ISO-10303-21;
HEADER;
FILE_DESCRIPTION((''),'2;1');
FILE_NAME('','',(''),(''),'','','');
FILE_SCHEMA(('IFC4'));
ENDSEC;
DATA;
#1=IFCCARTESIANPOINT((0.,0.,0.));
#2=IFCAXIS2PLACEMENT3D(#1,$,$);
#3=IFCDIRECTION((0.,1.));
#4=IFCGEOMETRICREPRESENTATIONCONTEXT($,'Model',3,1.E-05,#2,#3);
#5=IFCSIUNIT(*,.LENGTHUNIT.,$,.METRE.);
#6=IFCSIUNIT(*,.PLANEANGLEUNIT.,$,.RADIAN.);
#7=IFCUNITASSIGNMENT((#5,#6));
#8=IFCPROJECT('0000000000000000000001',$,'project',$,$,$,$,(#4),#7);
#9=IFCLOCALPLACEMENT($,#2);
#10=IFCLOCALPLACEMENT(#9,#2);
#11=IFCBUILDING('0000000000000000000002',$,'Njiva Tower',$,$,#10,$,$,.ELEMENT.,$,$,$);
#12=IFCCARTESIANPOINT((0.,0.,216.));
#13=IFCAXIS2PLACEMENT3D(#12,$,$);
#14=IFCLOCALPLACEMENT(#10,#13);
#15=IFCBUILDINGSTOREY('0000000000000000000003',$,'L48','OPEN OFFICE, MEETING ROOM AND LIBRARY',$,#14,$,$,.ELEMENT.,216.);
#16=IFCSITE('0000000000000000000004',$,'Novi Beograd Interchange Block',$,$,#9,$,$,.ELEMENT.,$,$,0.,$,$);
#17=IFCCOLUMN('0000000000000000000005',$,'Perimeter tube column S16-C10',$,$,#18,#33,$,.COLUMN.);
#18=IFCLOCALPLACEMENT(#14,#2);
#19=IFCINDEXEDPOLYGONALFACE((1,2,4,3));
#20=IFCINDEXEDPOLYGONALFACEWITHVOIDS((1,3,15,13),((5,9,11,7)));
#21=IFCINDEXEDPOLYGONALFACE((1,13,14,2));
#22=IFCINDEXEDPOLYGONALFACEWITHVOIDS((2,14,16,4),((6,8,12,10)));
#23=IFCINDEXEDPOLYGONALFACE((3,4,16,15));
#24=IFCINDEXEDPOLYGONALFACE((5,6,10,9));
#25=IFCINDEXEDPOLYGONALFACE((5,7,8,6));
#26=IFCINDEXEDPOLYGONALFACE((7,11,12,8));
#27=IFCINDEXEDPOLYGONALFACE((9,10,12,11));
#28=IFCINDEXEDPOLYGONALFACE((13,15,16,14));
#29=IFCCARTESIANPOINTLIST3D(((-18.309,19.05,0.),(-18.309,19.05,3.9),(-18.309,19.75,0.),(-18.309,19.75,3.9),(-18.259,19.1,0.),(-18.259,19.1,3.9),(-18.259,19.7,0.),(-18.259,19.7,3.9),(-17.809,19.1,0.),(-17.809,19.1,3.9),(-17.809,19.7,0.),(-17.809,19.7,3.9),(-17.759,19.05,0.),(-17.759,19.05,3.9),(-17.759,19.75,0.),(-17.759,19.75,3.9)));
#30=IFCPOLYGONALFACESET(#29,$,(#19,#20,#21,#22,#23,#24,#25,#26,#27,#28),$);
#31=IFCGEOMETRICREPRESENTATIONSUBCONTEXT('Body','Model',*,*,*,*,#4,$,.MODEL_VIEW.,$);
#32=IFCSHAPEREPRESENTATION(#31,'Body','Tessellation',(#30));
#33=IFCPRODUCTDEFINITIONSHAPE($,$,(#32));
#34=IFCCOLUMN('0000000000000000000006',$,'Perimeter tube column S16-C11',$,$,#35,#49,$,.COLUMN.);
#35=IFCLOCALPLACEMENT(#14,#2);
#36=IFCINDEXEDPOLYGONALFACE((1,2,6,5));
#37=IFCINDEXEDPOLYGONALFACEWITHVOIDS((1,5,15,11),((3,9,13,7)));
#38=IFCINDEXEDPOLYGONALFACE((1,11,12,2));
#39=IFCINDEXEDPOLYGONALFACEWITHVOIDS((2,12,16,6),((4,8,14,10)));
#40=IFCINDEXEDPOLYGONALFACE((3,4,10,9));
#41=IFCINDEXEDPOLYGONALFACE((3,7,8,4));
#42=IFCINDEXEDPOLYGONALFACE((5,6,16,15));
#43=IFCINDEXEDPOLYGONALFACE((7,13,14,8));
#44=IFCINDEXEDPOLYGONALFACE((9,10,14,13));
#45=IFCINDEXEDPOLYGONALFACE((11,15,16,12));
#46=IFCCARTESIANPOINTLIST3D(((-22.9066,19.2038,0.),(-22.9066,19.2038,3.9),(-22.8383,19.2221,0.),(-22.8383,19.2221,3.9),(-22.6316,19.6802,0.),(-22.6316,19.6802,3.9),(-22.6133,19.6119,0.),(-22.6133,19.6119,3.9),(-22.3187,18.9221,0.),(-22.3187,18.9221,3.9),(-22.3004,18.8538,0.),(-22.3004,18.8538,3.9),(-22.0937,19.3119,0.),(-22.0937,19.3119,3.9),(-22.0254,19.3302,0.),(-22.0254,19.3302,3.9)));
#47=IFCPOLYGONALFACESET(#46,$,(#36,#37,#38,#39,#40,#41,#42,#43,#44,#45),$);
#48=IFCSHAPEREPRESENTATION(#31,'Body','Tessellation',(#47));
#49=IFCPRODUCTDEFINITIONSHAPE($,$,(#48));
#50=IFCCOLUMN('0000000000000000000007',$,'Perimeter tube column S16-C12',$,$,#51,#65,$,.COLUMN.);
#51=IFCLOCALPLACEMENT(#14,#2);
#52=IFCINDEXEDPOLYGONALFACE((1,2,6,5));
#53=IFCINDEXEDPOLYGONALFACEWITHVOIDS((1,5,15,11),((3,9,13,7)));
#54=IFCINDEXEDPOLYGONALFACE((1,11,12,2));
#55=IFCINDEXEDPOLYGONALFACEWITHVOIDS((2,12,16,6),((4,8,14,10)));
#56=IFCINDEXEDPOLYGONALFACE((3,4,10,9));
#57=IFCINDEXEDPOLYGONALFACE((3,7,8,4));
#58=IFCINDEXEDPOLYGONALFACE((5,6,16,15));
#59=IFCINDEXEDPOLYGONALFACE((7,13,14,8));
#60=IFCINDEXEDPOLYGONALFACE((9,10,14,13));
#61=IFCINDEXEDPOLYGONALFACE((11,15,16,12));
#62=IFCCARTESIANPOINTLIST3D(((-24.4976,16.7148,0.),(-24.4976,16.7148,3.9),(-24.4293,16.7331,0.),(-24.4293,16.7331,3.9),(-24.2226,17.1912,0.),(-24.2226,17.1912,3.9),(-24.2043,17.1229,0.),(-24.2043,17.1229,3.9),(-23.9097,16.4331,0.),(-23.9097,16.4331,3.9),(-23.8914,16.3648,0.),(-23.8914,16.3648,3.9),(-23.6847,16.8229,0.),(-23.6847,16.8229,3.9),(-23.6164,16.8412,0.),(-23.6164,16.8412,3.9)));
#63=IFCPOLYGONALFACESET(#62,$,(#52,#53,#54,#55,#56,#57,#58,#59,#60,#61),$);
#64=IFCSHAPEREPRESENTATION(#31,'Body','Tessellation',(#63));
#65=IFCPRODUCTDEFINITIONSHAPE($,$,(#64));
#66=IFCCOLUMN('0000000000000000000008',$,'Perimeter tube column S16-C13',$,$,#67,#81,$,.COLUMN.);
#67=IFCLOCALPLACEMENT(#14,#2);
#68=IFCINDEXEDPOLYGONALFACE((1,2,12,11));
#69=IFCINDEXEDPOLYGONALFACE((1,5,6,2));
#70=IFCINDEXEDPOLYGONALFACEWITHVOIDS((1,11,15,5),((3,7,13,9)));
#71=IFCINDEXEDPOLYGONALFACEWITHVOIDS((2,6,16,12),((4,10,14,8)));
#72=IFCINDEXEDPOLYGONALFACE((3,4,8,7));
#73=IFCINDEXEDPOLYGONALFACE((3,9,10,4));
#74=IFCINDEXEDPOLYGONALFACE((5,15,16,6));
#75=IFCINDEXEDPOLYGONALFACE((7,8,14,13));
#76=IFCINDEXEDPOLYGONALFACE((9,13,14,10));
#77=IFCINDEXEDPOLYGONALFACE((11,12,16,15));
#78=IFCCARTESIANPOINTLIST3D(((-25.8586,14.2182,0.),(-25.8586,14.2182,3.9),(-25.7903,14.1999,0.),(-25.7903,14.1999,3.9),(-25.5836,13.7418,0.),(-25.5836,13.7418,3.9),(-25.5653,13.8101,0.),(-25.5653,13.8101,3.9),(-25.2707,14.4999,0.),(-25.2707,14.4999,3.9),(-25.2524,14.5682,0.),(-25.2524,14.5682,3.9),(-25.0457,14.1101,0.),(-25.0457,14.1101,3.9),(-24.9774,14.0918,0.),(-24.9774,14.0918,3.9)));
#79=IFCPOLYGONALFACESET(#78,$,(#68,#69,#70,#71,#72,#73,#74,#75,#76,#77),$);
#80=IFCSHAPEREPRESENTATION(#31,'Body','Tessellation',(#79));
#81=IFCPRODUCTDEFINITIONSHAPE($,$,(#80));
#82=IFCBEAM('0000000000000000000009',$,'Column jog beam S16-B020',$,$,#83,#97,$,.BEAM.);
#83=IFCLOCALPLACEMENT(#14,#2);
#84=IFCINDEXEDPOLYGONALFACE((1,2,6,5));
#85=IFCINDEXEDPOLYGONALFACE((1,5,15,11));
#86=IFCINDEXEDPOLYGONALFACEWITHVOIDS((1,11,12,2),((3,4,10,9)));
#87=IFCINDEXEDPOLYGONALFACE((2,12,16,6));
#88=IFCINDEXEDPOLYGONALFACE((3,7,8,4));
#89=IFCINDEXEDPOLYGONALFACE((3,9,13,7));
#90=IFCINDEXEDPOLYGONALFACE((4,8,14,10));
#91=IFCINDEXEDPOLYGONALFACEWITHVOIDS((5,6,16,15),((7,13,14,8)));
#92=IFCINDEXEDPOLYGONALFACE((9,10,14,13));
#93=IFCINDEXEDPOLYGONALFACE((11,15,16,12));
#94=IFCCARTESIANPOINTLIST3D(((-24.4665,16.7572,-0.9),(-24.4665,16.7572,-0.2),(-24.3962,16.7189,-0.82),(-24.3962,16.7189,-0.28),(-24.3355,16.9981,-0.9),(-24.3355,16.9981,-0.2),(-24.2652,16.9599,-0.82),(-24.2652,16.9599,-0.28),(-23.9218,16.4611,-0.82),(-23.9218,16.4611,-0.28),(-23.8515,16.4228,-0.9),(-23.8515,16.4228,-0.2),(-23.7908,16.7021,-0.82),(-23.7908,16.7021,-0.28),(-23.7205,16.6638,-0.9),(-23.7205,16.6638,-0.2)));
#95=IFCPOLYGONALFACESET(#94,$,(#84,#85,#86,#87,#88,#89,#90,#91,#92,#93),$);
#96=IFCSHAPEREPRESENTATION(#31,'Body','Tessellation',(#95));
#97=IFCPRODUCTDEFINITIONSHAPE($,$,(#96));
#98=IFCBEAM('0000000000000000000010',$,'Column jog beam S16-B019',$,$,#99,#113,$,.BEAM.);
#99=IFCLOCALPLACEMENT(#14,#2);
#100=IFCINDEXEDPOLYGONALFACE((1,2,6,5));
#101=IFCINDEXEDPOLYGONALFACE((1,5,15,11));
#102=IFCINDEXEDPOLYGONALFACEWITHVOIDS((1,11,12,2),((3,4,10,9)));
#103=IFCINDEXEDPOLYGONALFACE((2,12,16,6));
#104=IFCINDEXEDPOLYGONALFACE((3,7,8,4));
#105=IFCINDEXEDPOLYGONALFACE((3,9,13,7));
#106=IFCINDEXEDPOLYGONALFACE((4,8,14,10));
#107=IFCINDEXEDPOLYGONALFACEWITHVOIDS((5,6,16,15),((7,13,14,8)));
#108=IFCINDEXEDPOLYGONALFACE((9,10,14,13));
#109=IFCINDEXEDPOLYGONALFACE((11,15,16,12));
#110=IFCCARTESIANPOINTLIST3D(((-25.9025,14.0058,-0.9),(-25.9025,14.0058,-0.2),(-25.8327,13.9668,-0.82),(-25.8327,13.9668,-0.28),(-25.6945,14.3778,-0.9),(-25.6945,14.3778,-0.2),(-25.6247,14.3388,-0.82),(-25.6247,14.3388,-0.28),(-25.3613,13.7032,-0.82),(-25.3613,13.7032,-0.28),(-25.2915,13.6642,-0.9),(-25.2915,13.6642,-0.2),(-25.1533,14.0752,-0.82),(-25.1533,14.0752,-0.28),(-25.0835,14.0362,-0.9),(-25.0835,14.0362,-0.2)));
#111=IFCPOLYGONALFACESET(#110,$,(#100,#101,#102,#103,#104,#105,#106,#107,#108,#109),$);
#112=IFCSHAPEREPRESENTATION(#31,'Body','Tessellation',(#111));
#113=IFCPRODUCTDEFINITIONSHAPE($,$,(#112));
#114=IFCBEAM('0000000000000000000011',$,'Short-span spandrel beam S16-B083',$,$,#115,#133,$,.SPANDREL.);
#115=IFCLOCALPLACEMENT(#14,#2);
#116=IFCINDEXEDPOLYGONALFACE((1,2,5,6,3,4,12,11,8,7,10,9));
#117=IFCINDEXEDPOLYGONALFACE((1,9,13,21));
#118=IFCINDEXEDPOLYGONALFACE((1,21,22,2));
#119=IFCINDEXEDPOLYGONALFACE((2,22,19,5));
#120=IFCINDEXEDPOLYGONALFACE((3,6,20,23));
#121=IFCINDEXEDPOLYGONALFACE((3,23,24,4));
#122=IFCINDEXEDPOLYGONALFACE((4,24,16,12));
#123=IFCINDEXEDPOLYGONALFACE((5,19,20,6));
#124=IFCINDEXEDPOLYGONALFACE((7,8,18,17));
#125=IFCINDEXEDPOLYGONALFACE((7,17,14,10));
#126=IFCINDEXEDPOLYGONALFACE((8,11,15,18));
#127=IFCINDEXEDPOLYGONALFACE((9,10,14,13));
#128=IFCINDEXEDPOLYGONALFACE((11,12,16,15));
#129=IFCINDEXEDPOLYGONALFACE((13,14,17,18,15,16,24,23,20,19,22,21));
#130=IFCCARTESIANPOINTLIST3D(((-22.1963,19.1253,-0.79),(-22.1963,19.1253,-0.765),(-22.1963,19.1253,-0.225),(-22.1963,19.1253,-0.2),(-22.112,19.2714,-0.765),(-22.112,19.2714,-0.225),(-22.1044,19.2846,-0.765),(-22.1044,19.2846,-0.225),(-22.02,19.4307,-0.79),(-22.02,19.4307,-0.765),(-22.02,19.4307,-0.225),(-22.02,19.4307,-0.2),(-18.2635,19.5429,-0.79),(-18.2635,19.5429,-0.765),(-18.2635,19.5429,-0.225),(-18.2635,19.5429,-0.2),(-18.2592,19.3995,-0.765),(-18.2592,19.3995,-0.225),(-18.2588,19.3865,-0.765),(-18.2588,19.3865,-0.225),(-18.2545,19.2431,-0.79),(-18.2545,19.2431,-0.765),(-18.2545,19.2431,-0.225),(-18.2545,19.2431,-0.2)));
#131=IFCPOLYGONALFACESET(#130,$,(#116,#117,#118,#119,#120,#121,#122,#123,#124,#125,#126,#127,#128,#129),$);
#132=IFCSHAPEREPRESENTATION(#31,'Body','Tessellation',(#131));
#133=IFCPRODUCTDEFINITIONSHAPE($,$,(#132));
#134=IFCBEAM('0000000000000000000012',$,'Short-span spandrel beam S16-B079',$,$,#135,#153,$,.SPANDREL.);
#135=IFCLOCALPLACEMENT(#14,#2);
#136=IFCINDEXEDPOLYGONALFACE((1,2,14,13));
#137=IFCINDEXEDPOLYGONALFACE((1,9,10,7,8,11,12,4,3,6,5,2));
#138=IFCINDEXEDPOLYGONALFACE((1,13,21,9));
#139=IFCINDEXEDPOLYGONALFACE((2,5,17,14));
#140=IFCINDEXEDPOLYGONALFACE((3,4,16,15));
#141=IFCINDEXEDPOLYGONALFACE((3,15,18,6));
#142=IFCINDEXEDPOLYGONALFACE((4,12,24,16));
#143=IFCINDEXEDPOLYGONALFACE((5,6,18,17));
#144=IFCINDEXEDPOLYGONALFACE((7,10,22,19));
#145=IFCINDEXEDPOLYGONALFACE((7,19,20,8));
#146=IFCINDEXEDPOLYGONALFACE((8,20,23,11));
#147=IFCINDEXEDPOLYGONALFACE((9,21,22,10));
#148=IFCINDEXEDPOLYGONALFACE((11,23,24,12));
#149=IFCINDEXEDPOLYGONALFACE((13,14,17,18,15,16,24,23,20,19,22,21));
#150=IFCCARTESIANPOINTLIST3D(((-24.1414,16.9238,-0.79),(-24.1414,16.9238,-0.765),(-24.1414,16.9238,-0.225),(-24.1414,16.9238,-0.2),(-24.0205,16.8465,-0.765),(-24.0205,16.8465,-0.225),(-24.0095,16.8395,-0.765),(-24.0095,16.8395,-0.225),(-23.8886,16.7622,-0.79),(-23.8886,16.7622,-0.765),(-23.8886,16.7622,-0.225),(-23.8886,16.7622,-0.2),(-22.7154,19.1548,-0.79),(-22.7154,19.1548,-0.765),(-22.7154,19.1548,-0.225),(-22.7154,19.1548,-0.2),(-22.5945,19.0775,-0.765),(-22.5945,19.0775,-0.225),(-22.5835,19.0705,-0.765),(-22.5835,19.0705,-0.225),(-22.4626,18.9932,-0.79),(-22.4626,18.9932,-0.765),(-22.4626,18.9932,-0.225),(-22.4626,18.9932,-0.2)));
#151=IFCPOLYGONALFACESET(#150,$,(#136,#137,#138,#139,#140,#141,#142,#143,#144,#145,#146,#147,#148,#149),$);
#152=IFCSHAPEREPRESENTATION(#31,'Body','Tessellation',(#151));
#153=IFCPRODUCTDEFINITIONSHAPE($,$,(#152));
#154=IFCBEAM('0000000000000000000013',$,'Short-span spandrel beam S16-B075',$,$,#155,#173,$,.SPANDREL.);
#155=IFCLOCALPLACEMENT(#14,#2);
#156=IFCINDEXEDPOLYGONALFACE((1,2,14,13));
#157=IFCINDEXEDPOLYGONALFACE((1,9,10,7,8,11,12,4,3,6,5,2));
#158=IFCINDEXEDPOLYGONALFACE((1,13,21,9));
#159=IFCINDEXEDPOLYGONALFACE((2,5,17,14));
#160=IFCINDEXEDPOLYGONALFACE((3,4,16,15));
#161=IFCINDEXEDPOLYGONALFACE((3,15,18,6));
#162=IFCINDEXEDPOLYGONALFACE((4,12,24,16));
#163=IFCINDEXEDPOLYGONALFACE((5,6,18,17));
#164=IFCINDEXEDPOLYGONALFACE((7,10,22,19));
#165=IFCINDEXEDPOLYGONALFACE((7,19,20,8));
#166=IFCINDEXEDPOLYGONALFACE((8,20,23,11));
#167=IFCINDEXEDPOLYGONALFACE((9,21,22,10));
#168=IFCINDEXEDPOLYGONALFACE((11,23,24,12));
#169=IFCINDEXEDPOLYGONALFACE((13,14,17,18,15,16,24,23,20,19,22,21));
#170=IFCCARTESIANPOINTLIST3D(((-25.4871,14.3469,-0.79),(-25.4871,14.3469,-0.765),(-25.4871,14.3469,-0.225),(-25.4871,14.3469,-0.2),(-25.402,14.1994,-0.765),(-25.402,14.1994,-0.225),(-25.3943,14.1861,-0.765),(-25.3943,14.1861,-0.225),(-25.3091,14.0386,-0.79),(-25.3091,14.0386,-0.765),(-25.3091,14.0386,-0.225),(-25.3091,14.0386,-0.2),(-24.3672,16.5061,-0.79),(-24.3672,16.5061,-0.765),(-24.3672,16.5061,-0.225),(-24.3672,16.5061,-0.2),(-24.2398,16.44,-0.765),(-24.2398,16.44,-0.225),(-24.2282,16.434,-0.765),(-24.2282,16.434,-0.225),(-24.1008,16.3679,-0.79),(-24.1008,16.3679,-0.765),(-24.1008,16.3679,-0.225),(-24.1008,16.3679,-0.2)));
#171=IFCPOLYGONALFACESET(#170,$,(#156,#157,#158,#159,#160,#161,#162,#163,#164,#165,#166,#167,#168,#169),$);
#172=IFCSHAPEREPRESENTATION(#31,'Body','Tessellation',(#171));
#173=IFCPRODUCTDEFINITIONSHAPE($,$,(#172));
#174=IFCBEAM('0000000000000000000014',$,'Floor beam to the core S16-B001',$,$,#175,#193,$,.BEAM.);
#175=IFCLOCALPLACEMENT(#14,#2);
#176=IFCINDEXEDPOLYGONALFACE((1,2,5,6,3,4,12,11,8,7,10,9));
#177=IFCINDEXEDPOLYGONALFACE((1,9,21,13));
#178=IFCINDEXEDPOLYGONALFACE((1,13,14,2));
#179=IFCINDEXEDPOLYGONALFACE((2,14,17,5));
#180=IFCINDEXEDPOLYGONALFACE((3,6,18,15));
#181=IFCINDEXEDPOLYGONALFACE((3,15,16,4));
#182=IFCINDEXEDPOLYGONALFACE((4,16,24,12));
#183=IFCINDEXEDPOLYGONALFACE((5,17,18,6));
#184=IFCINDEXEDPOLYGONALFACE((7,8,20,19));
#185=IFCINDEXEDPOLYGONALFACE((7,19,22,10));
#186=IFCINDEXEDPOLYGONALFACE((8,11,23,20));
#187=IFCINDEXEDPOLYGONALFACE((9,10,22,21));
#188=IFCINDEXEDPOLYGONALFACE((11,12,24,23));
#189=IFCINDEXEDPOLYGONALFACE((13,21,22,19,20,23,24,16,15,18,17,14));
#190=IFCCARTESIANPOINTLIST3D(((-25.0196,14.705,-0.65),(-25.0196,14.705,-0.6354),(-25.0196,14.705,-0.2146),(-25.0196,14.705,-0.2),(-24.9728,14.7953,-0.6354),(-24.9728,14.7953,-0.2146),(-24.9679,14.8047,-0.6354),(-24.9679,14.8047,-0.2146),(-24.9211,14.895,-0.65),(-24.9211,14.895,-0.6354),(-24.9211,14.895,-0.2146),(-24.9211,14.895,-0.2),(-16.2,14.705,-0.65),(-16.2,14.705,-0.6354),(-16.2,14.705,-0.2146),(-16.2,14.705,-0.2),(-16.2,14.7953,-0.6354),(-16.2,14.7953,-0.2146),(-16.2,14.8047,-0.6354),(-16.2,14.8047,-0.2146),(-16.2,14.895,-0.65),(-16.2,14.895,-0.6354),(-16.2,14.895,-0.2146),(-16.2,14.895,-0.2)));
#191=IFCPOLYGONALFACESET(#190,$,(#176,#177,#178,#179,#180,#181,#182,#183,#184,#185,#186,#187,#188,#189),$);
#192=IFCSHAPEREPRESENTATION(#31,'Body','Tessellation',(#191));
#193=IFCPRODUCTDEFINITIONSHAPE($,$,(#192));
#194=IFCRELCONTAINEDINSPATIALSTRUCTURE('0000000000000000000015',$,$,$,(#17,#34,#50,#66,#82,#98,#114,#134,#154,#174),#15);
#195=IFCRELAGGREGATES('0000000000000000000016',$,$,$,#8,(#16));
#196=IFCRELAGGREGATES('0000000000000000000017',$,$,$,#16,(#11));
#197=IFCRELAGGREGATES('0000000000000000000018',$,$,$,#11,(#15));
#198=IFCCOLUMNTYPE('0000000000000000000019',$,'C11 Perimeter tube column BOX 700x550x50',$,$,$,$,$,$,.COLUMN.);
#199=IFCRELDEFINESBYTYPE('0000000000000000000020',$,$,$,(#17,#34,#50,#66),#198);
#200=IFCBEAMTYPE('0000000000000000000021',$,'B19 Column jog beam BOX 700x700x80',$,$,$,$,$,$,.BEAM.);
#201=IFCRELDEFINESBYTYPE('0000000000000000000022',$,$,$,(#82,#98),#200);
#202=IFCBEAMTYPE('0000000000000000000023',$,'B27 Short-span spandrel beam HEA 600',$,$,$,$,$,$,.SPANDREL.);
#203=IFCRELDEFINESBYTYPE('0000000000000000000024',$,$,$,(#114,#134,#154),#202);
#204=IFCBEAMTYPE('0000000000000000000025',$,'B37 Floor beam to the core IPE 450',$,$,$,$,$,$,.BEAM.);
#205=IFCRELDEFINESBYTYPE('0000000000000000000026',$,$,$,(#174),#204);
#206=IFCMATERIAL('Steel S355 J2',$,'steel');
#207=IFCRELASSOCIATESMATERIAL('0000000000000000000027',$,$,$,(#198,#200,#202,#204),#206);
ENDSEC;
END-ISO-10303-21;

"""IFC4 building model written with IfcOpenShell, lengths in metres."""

from ifc_helpers import new_model, si_unit, direction, frame, origin, origin_2d, place, context, subcontext, project, spatial, hollow_rectangle, i_section, extrude, clip, halfspace, material, material_profile, profile_set, type_object, element, save


model = new_model("IFC4")

# Units and contexts
model_context = context("Model", 3, precision=1e-05, world=origin(), true_north=direction((0.0, 1.0)))
body_context = subcontext(model_context, "Body", "Model", "MODEL_VIEW")
ifc_project = project(units=[si_unit("LENGTHUNIT", "METRE"), si_unit("PLANEANGLEUNIT", "RADIAN")], contexts=[model_context])

# Site, building, storey
site_placement = place(None, origin())
site = spatial("IfcSite", under=ifc_project, at=site_placement, Name="Novi Beograd Interchange Block", CompositionType="ELEMENT", RefElevation=0.0)
building_placement = place(site_placement, origin())
building = spatial("IfcBuilding", under=site, at=building_placement, Name="Njiva Tower", CompositionType="ELEMENT")
storey_placement = place(building_placement, frame((0.0, 0.0, 216.0)))
storey = spatial("IfcBuildingStorey", under=building, at=storey_placement, Name="L48", Description="OPEN OFFICE, MEETING ROOM AND LIBRARY", CompositionType="ELEMENT", Elevation=216.0)

# Columns
ifc_material_1 = material(Name="Steel S355 J2", Category="steel")
ifc_material_profile_1 = material_profile(ifc_material_1, hollow_rectangle(XDim=0.55, YDim=0.7, WallThickness=0.05, at=origin_2d()), Name="BOX 700x550x50")
ifc_profile_set_1 = profile_set([ifc_material_profile_1], Name="Steel S355 J2")
column_type = type_object("IfcColumnType", Name="C11 Perimeter tube column BOX 700x550x50", PredefinedType="COLUMN", material=ifc_profile_set_1)
for number, where, z_axis, x_axis, name in (
    (1, (-18.034, 19.4, 0.0), (0.0, 0.0, 1.0), (-1.0, 0.0, 0.0), "Perimeter tube column S16-C10"),
    (2, (-22.466, 19.267, 0.0), (0.0, 0.0, 1.0), (-0.5, -0.866025, 0.0), "Perimeter tube column S16-C11"),
    (3, (-24.057, 16.778, 0.0), (0.0, 0.0, 1.0), (-0.5, -0.866025, 0.0), "Perimeter tube column S16-C12"),
    (4, (-25.418, 14.155, 0.0), (0.0, 0.0, 1.0), (0.5, -0.866025, 0.0), "Perimeter tube column S16-C13"),
):
    element("IfcColumn", number, at=place(storey_placement, frame(where, z_axis=z_axis, x_axis=x_axis)), inside=storey, type_object=column_type, Name=name, PredefinedType="COLUMN", context=body_context, shape_type="SweptSolid", body=[
        extrude(hollow_rectangle(XDim=0.55, YDim=0.7, WallThickness=0.05, at=origin_2d()), origin(), (0.0, 0.0, 1.0), 3.9),
    ])

# Beams
ifc_material_profile_2 = material_profile(ifc_material_1, hollow_rectangle(XDim=0.7, YDim=0.7, WallThickness=0.08, at=origin_2d()), Name="BOX 700x700x80")
ifc_profile_set_2 = profile_set([ifc_material_profile_2], Name="Steel S355 J2")
beam_type_1 = type_object("IfcBeamType", Name="B19 Column jog beam BOX 700x700x80", PredefinedType="BEAM", material=ifc_profile_set_2)
beam_1_placement = place(storey_placement, frame((-24.159, 16.59, -0.55), z_axis=(0.477575, 0.878591, 0.0), x_axis=(-0.878591, 0.477575, 0.0)))
element("IfcBeam", 5, at=beam_1_placement, inside=storey, type_object=beam_type_1, Name="Column jog beam S16-B020", PredefinedType="BEAM", context=body_context, shape_type="SweptSolid", body=[
    extrude(hollow_rectangle(XDim=0.7, YDim=0.7, WallThickness=0.08, at=origin_2d()), origin(), (0.0, 0.0, 1.0), 0.2743),
])
beam_2_placement = place(storey_placement, frame((-25.597, 13.835, -0.55), z_axis=(0.488032, 0.872826, 0.0), x_axis=(-0.872826, 0.488032, 0.0)))
element("IfcBeam", 6, at=beam_2_placement, inside=storey, type_object=beam_type_1, Name="Column jog beam S16-B019", PredefinedType="BEAM", context=body_context, shape_type="SweptSolid", body=[
    extrude(hollow_rectangle(XDim=0.7, YDim=0.7, WallThickness=0.08, at=origin_2d()), origin(), (0.0, 0.0, 1.0), 0.4262),
])
ifc_material_profile_3 = material_profile(ifc_material_1, i_section(OverallWidth=0.3, OverallDepth=0.59, WebThickness=0.013, FlangeThickness=0.025, at=origin_2d()), Name="HEA 600")
ifc_profile_set_3 = profile_set([ifc_material_profile_3], Name="Steel S355 J2")
beam_type_2 = type_object("IfcBeamType", Name="B27 Short-span spandrel beam HEA 600", PredefinedType="SPANDREL", material=ifc_profile_set_3)
beam_3_placement = place(storey_placement, frame((-18.259, 19.393, -0.495), z_axis=(-0.999554, -0.029865, 0.0), x_axis=(0.029865, -0.999554, 0.0)))
element("IfcBeam", 7, at=beam_3_placement, inside=storey, type_object=beam_type_2, Name="Short-span spandrel beam S16-B083", PredefinedType="SPANDREL", context=body_context, shape_type="Clipping", body=[
    clip(extrude(i_section(OverallWidth=0.3, OverallDepth=0.59, WebThickness=0.013, FlangeThickness=0.025, at=origin_2d()), origin(), (0.0, 0.0, 1.0), 3.9637), halfspace(frame((-0.0259, 0.0, 3.8349), z_axis=(-0.525638, 0.0, 0.850708), x_axis=(0.0, 1.0, 0.0)), False)),
])
beam_4_placement = place(storey_placement, frame((-22.589, 19.074, -0.495), z_axis=(-0.538561, -0.842587, 0.0), x_axis=(0.842587, -0.538561, 0.0)))
element("IfcBeam", 8, at=beam_4_placement, inside=storey, type_object=beam_type_2, Name="Short-span spandrel beam S16-B079", PredefinedType="SPANDREL", context=body_context, shape_type="SweptSolid", body=[
    extrude(i_section(OverallWidth=0.3, OverallDepth=0.59, WebThickness=0.013, FlangeThickness=0.025, at=origin_2d()), origin(), (0.0, 0.0, 1.0), 2.6478),
])
beam_5_placement = place(storey_placement, frame((-24.234, 16.437, -0.495), z_axis=(-0.460456, -0.887683, 0.0), x_axis=(0.887683, -0.460456, 0.0)))
element("IfcBeam", 9, at=beam_5_placement, inside=storey, type_object=beam_type_2, Name="Short-span spandrel beam S16-B075", PredefinedType="SPANDREL", context=body_context, shape_type="Clipping", body=[
    clip(extrude(i_section(OverallWidth=0.3, OverallDepth=0.59, WebThickness=0.013, FlangeThickness=0.025, at=origin_2d()), origin(), (0.0, 0.0, 1.0), 2.6439), halfspace(frame((-0.0268, 0.0, 2.5111), z_axis=(-0.53853, 0.0, 0.842606), x_axis=(0.0, 1.0, 0.0)), False)),
])
ifc_material_profile_4 = material_profile(ifc_material_1, i_section(OverallWidth=0.19, OverallDepth=0.45, WebThickness=0.0094, FlangeThickness=0.0146, at=origin_2d()), Name="IPE 450")
ifc_profile_set_4 = profile_set([ifc_material_profile_4], Name="Steel S355 J2")
beam_type_3 = type_object("IfcBeamType", Name="B37 Floor beam to the core IPE 450", PredefinedType="BEAM", material=ifc_profile_set_4)
beam_6_placement = place(storey_placement, frame((-25.039, 14.8, -0.425), z_axis=(1.0, 0.0, 0.0), x_axis=(0.0, 1.0, 0.0)))
element("IfcBeam", 10, at=beam_6_placement, inside=storey, type_object=beam_type_3, Name="Floor beam to the core S16-B001", PredefinedType="BEAM", context=body_context, shape_type="Clipping", body=[
    clip(extrude(i_section(OverallWidth=0.19, OverallDepth=0.45, WebThickness=0.0094, FlangeThickness=0.0146, at=origin_2d()), origin(), (0.0, 0.0, 1.0), 8.839), halfspace(frame((0.023, 0.0, 0.0806), z_axis=(0.460472, 0.0, -0.887674), x_axis=(0.0, -1.0, 0.0)), False)),
])

save(model, "model.ifc")
